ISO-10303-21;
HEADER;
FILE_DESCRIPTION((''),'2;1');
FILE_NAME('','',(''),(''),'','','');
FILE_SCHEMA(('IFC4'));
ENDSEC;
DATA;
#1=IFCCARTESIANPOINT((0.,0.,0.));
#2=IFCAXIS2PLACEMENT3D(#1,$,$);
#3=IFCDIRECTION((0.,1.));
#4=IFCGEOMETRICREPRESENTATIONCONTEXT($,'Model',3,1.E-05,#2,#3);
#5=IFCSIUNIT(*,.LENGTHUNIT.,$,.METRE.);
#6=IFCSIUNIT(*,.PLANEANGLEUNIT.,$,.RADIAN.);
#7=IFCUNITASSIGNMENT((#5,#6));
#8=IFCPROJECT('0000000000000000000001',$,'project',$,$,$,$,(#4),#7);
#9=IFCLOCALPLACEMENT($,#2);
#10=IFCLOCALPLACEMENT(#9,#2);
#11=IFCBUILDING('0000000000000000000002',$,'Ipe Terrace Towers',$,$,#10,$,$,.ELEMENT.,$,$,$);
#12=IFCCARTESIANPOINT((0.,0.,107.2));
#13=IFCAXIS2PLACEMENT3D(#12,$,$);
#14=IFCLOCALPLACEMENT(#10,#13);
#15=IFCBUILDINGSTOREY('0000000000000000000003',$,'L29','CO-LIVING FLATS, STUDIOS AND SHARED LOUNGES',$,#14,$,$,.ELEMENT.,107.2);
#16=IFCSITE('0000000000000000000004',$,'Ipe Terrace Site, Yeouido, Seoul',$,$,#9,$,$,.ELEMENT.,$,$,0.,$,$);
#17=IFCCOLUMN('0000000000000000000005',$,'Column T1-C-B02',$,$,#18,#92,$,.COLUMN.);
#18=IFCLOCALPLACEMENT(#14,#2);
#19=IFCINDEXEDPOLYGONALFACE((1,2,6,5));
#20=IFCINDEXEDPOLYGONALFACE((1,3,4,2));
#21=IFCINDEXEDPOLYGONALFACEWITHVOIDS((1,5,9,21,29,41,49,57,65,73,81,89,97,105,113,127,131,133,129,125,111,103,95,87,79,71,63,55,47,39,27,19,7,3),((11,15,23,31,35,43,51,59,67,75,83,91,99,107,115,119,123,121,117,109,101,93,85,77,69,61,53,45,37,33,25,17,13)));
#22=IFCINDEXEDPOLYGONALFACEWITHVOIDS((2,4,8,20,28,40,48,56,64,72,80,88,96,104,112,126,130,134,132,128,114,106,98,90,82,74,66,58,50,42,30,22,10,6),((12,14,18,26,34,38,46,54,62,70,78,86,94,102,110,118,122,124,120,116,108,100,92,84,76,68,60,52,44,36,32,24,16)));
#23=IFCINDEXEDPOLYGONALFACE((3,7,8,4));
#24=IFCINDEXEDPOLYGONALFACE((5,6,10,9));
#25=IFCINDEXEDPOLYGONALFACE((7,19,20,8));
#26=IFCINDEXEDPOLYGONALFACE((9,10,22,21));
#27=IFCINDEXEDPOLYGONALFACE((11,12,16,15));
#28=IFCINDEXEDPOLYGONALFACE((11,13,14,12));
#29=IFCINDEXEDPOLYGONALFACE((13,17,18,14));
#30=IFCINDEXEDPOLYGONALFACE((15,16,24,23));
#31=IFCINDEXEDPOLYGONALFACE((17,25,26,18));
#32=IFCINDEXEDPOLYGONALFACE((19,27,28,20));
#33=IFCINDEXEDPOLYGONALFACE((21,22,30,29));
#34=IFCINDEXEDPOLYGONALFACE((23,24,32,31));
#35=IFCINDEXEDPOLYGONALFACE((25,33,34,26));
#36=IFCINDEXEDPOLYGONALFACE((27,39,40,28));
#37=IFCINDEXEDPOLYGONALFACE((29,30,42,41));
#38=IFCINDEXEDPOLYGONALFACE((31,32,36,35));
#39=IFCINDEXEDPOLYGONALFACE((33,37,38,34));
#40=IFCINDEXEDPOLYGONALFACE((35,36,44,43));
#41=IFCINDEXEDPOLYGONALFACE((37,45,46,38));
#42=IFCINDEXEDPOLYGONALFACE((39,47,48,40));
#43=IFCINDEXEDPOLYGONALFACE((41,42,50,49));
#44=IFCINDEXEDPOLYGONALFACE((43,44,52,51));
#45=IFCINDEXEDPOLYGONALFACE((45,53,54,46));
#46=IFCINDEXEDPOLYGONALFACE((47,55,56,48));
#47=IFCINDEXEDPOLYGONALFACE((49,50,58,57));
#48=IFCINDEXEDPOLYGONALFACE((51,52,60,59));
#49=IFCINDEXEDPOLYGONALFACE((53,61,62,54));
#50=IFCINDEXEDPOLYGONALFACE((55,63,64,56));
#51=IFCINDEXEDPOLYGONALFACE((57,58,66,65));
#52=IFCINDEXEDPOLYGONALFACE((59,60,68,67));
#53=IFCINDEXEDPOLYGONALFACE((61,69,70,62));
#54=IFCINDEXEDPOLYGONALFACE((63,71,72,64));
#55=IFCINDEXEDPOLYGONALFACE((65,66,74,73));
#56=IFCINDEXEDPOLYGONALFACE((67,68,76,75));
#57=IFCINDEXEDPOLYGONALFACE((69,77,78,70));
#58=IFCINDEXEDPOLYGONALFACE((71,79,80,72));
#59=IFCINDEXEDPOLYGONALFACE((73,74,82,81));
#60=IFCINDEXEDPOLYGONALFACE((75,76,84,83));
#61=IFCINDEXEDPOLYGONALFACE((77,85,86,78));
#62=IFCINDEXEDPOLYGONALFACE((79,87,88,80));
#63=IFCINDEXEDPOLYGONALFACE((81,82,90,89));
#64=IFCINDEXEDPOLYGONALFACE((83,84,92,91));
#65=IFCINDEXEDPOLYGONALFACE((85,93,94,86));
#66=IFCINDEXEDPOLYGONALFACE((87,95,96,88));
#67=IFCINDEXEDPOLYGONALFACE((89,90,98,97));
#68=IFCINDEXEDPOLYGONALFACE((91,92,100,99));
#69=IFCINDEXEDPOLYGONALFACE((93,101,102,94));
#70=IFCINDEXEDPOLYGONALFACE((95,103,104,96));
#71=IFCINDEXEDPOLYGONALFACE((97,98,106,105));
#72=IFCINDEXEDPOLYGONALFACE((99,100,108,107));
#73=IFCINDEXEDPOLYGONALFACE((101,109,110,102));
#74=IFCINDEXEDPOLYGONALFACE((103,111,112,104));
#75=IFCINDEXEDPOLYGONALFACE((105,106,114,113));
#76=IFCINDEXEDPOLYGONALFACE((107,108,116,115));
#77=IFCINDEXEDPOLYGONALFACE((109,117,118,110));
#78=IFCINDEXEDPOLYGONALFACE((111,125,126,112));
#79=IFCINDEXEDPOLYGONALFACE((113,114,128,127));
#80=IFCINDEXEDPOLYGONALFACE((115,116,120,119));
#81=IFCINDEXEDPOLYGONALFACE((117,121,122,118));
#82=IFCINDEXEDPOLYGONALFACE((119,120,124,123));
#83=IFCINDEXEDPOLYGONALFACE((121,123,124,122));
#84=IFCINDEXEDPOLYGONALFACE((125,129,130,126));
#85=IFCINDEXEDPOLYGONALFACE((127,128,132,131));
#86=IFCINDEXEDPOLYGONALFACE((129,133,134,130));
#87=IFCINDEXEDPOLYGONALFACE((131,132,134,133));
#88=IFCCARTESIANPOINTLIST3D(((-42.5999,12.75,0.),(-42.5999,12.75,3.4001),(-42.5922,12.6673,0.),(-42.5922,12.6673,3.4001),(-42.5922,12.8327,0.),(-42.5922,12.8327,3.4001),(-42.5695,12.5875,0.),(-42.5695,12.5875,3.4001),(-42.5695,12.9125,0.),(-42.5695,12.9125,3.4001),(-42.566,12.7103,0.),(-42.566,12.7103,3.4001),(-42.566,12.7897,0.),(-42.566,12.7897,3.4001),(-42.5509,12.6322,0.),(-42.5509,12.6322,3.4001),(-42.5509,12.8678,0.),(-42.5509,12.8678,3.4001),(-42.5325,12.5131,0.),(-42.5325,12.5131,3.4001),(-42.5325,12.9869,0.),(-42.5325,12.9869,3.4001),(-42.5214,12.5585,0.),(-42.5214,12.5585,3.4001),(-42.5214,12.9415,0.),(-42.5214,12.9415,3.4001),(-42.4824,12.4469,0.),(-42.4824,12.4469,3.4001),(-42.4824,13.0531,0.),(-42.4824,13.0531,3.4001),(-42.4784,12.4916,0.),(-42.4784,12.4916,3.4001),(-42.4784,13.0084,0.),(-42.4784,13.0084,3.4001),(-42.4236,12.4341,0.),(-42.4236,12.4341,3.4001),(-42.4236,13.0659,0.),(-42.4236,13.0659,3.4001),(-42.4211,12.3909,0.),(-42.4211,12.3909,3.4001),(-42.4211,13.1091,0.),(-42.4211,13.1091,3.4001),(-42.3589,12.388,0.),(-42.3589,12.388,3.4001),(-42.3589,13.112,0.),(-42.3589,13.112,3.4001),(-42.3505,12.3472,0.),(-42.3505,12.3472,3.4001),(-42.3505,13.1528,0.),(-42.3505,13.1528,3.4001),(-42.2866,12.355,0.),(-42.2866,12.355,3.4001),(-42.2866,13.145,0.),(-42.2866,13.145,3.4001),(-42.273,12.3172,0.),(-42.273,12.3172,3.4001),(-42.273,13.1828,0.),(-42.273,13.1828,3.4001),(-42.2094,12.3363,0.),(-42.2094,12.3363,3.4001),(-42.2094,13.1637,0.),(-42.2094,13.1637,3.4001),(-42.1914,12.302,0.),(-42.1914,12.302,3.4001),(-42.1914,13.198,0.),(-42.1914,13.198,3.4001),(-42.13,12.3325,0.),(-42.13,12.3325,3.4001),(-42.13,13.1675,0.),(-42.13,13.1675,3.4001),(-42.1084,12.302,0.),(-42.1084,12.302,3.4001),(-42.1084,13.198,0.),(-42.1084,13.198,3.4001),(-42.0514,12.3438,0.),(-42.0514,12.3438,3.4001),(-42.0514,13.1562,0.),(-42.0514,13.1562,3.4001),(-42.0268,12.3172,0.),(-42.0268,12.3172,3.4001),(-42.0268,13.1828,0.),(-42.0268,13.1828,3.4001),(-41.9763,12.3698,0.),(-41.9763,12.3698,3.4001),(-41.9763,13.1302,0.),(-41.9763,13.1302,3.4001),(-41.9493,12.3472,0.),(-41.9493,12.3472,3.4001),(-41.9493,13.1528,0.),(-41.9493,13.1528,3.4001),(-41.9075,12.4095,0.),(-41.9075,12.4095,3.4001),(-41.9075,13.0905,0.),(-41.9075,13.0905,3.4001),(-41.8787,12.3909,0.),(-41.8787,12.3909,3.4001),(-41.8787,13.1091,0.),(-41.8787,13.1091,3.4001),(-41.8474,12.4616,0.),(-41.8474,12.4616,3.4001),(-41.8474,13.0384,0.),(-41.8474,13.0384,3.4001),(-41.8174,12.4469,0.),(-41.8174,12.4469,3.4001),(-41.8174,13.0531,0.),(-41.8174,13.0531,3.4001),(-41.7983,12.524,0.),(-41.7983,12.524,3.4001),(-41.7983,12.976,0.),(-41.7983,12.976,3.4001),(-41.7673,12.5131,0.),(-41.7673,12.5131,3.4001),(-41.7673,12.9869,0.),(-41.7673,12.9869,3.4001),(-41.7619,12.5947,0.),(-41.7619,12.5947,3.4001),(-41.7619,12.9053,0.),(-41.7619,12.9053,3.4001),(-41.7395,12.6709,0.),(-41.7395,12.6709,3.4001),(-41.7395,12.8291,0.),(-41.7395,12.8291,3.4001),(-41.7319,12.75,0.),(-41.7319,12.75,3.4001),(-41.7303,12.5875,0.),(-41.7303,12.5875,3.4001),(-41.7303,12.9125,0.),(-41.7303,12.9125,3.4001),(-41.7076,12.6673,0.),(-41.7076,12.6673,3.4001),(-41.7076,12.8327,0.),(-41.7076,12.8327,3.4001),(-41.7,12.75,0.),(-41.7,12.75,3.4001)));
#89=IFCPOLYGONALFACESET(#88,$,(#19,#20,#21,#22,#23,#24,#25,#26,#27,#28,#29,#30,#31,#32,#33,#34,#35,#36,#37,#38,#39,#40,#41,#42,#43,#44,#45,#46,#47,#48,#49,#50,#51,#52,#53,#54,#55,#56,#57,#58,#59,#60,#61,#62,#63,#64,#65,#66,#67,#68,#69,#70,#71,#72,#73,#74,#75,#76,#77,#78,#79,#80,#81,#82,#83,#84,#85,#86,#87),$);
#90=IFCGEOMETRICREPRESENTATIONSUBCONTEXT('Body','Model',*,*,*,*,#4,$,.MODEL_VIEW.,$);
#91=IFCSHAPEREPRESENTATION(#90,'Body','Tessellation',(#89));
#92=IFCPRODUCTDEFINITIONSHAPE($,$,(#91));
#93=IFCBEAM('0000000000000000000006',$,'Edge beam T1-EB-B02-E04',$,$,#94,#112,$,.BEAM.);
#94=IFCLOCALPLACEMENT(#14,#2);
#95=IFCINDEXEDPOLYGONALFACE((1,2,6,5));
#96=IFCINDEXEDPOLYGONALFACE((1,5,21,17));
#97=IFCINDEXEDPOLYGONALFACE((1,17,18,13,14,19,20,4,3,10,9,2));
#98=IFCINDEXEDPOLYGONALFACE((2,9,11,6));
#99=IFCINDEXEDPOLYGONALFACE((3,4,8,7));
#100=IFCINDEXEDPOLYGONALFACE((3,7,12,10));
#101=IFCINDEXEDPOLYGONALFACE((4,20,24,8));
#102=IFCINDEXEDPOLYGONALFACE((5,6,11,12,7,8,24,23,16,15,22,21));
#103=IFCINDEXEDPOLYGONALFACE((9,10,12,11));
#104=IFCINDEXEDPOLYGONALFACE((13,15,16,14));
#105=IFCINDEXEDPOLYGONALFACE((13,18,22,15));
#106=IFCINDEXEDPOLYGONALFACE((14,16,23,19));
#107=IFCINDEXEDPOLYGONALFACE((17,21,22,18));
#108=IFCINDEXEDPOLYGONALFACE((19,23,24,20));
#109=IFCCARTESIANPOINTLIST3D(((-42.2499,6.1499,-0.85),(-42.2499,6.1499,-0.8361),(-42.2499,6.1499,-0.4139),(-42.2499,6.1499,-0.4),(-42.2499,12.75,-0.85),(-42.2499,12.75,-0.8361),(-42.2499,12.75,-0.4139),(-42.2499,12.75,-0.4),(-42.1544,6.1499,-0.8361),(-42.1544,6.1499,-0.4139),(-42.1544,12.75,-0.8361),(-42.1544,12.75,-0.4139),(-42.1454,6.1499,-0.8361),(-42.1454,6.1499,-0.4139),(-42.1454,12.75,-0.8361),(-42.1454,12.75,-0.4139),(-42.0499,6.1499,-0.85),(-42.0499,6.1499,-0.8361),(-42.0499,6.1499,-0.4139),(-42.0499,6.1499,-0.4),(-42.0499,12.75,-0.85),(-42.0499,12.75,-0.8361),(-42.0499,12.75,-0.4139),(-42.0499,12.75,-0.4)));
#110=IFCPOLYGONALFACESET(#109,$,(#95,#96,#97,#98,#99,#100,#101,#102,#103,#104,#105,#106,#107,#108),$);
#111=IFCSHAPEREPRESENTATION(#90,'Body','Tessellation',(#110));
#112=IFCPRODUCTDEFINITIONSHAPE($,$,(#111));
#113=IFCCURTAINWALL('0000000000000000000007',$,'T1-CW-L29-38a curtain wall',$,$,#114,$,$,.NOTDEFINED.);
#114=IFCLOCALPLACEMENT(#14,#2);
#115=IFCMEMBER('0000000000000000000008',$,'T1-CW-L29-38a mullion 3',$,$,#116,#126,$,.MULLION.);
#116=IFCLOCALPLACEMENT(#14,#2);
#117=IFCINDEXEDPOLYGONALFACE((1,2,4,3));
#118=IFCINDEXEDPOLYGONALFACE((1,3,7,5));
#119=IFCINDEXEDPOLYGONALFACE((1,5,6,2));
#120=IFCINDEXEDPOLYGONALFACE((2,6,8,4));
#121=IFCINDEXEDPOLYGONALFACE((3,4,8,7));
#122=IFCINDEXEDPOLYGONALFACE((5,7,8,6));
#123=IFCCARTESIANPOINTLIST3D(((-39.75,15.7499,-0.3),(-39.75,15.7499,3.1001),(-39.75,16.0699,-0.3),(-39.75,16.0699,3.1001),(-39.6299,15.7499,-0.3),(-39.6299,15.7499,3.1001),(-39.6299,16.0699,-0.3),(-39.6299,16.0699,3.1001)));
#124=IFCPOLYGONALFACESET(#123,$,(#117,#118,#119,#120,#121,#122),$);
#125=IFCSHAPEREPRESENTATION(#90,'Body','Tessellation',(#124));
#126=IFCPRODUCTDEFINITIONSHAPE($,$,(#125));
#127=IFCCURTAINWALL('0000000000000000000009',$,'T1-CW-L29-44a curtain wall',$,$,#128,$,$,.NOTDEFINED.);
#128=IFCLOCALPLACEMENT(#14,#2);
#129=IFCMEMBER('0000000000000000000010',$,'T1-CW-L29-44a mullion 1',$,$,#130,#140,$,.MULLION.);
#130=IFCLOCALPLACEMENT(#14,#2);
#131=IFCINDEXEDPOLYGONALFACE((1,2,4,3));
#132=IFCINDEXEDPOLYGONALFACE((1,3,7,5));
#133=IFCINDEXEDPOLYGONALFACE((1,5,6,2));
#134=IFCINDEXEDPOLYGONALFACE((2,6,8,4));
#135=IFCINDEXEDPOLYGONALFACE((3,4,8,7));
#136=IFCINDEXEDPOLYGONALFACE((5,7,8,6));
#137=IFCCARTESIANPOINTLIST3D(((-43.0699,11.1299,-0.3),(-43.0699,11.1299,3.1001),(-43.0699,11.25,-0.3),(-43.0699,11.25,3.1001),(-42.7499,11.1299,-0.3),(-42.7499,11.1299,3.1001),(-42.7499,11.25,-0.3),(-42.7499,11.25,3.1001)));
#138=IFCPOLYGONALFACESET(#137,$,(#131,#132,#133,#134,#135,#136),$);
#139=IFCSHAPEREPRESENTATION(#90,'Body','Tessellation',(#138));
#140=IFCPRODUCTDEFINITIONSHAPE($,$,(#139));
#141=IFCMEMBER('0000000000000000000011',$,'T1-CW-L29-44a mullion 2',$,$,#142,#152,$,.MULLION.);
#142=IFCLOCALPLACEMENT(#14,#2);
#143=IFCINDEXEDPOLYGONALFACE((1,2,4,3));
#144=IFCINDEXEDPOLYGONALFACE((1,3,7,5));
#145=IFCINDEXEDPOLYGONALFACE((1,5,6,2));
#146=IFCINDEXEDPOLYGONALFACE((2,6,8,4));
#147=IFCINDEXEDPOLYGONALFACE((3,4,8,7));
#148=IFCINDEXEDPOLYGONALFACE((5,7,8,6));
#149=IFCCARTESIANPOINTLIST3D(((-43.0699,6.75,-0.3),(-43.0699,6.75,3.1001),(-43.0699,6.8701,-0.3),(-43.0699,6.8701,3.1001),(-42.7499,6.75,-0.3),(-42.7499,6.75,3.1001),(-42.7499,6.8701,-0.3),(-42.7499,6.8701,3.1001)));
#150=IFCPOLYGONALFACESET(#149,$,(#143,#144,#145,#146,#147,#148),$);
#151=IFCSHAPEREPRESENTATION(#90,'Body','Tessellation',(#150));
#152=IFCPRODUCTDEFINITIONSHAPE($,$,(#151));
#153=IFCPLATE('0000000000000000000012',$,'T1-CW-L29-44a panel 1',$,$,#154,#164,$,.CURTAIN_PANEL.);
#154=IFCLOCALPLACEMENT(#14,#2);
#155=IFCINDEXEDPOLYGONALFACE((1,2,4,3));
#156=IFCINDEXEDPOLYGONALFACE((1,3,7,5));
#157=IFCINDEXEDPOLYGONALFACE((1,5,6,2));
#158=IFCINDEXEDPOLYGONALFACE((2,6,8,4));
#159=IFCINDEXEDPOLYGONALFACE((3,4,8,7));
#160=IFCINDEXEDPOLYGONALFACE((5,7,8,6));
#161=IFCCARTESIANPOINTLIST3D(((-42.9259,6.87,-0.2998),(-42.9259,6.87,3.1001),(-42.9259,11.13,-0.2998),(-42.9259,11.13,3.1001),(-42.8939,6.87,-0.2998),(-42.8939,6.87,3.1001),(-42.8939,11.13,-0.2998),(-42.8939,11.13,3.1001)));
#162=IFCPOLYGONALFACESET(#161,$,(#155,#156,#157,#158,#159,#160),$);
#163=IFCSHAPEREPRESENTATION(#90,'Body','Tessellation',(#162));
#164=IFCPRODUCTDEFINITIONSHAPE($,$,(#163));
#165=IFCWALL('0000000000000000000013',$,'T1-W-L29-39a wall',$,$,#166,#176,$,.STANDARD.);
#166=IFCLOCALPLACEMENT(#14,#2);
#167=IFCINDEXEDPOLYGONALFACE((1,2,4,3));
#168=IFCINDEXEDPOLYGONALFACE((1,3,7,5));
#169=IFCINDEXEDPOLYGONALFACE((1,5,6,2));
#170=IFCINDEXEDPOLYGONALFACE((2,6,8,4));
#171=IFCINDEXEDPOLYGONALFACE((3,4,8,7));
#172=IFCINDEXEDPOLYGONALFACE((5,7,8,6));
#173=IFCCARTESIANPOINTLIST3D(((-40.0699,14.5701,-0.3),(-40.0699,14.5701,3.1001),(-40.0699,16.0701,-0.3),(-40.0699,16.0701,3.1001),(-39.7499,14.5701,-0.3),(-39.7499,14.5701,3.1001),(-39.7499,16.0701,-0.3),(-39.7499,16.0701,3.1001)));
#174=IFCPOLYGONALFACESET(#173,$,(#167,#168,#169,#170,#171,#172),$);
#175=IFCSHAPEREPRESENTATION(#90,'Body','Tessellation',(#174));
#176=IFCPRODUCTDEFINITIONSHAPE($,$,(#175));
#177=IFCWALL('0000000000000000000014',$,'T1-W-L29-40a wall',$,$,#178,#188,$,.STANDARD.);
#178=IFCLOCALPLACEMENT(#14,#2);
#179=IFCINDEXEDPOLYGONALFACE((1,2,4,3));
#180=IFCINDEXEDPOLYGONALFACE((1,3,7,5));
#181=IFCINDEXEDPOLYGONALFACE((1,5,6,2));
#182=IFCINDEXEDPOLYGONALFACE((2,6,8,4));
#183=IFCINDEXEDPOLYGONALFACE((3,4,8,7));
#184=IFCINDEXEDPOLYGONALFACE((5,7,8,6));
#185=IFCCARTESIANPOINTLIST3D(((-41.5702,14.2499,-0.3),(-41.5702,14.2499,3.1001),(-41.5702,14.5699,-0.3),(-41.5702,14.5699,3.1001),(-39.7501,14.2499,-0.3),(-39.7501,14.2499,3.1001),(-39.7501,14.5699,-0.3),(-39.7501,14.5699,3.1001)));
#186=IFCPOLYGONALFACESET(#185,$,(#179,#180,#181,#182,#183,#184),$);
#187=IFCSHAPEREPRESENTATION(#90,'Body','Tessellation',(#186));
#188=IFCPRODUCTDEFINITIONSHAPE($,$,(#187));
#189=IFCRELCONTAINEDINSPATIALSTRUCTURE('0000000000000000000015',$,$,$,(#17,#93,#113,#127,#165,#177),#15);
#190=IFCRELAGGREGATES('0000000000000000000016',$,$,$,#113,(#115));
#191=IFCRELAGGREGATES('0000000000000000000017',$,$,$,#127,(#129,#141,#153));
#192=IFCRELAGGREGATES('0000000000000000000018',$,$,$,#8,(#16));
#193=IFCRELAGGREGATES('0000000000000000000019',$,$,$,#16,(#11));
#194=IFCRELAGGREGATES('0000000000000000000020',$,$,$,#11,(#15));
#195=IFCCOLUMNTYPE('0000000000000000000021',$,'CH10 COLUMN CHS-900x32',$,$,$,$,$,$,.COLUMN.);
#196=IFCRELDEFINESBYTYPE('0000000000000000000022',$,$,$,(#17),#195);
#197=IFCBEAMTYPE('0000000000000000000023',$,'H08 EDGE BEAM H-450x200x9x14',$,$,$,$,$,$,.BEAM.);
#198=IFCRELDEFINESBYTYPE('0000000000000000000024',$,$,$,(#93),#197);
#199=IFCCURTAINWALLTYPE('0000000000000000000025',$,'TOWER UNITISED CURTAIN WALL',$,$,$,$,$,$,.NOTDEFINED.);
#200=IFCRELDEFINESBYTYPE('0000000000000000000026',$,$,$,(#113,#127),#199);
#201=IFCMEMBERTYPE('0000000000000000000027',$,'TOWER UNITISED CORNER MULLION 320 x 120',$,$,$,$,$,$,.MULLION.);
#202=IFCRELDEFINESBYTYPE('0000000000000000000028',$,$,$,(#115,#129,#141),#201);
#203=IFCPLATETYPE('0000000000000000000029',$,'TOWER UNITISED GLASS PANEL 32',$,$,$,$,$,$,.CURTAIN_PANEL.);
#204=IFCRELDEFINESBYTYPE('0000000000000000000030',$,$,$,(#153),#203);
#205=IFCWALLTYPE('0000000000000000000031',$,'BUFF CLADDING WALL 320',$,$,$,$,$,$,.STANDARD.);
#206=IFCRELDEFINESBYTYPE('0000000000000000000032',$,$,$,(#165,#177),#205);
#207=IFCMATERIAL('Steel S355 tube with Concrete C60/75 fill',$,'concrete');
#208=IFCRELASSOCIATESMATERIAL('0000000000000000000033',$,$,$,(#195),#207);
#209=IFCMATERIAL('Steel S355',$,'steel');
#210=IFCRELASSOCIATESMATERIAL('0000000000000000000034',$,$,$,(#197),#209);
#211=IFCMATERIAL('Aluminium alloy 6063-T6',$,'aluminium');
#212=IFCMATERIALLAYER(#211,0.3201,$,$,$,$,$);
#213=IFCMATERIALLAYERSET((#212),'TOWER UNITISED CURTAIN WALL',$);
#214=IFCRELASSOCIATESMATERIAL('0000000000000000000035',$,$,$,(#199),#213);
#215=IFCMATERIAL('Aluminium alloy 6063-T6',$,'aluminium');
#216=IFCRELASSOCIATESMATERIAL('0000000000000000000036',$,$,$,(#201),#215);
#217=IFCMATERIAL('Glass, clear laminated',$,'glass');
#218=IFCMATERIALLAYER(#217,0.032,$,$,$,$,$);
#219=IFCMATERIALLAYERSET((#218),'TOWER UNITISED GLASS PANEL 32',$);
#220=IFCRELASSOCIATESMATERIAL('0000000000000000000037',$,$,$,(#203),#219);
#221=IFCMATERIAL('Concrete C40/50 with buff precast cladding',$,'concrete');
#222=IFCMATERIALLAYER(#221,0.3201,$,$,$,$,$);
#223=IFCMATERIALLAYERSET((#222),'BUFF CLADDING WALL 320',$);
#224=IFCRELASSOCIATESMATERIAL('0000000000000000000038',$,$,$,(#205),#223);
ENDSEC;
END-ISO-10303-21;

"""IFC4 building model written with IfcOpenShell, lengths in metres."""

from ifc_helpers import new_model, si_unit, direction, frame, frame_2d, origin, origin_2d, place, context, subcontext, project, spatial, rectangle, hollow_circle, i_section, extrude, material, layer, layer_set, material_profile, profile_set, type_object, element, aggregate, save


model = new_model("IFC4")

# Units and contexts
model_context = context("Model", 3, precision=1e-05, world=origin(), true_north=direction((0.0, 1.0)))
body_context = subcontext(model_context, "Body", "Model", "MODEL_VIEW")
ifc_project = project(units=[si_unit("LENGTHUNIT", "METRE"), si_unit("PLANEANGLEUNIT", "RADIAN")], contexts=[model_context])

# Site, building, storey
site_placement = place(None, origin())
site = spatial("IfcSite", under=ifc_project, at=site_placement, Name="Ipe Terrace Site, Yeouido, Seoul", CompositionType="ELEMENT", RefElevation=0.0)
building_placement = place(site_placement, origin())
building = spatial("IfcBuilding", under=site, at=building_placement, Name="Ipe Terrace Towers", CompositionType="ELEMENT")
storey_placement = place(building_placement, frame((0.0, 0.0, 107.2)))
storey = spatial("IfcBuildingStorey", under=building, at=storey_placement, Name="L29", Description="CO-LIVING FLATS, STUDIOS AND SHARED LOUNGES", CompositionType="ELEMENT", Elevation=107.2)

# Column
ifc_material_1 = material(Name="Steel S355 tube with Concrete C60/75 fill", Category="concrete")
ifc_material_profile_1 = material_profile(ifc_material_1, hollow_circle(Radius=0.45, WallThickness=0.032, at=origin_2d()), Name="CHS-900x32")
ifc_profile_set_1 = profile_set([ifc_material_profile_1], Name="Steel S355 tube with Concrete C60/75 fill")
column_type = type_object("IfcColumnType", Name="CH10 COLUMN CHS-900x32", PredefinedType="COLUMN", material=ifc_profile_set_1)
column_placement = place(storey_placement, frame((-42.1499, 12.75, 0.0), z_axis=(0.0, 0.0, 1.0), x_axis=(1.0, 0.0, 0.0)))
element("IfcColumn", 1, at=column_placement, inside=storey, type_object=column_type, Name="Column T1-C-B02", PredefinedType="COLUMN", context=body_context, shape_type="SweptSolid", body=[
    extrude(hollow_circle(Radius=0.45, WallThickness=0.032, at=origin_2d()), origin(), (0.0, 0.0, 1.0), 3.4001),
])

# Beam
ifc_material_2 = material(Name="Steel S355", Category="steel")
ifc_material_profile_2 = material_profile(ifc_material_2, i_section(OverallWidth=0.2, OverallDepth=0.45, WebThickness=0.009, FlangeThickness=0.0139, at=origin_2d()), Name="H-450x200x9x14")
ifc_profile_set_2 = profile_set([ifc_material_profile_2], Name="Steel S355")
beam_type = type_object("IfcBeamType", Name="H08 EDGE BEAM H-450x200x9x14", PredefinedType="BEAM", material=ifc_profile_set_2)
beam_placement = place(storey_placement, frame((-42.1499, 12.75, -0.625), z_axis=(0.0, -1.0, 0.0), x_axis=(1.0, 0.0, 0.0)))
element("IfcBeam", 2, at=beam_placement, inside=storey, type_object=beam_type, Name="Edge beam T1-EB-B02-E04", PredefinedType="BEAM", context=body_context, shape_type="SweptSolid", body=[
    extrude(i_section(OverallWidth=0.2, OverallDepth=0.45, WebThickness=0.009, FlangeThickness=0.0139, at=origin_2d()), origin(), (0.0, 0.0, 1.0), 6.6001),
])

# Curtain wall, member
ifc_material_3 = material(Name="Aluminium alloy 6063-T6", Category="aluminium")
ifc_layer_1 = layer(ifc_material_3, 0.3201)
ifc_layer_set_1 = layer_set([ifc_layer_1], Name="TOWER UNITISED CURTAIN WALL")
curtain_wall_type = type_object("IfcCurtainWallType", Name="TOWER UNITISED CURTAIN WALL", PredefinedType="NOTDEFINED", material=ifc_layer_set_1)
curtain_wall_1_placement = place(storey_placement, origin())
curtain_wall_1 = element("IfcCurtainWall", 3, at=curtain_wall_1_placement, inside=storey, type_object=curtain_wall_type, Name="T1-CW-L29-38a curtain wall", PredefinedType="NOTDEFINED")
ifc_material_4 = material(Name="Aluminium alloy 6063-T6", Category="aluminium")
ifc_material_profile_3 = material_profile(ifc_material_4, rectangle(XDim=0.3201, YDim=0.1201, at=origin_2d()), Name="TOWER UNITISED CORNER MULLION 320 x 120")
ifc_profile_set_3 = profile_set([ifc_material_profile_3], Name="Aluminium alloy 6063-T6")
member_type = type_object("IfcMemberType", Name="TOWER UNITISED CORNER MULLION 320 x 120", PredefinedType="MULLION", material=ifc_profile_set_3)
member_1_placement = place(storey_placement, frame((-39.6899, 15.9099, -0.3), z_axis=(0.0, 0.0, 1.0), x_axis=(0.0, 1.0, 0.0)))
member_1 = element("IfcMember", 4, at=member_1_placement, type_object=member_type, Name="T1-CW-L29-38a mullion 3", PredefinedType="MULLION", context=body_context, shape_type="SweptSolid", body=[
    extrude(rectangle(XDim=0.3201, YDim=0.1201, at=origin_2d()), origin(), (0.0, 0.0, 1.0), 3.4001),
])
aggregate(curtain_wall_1, [member_1])

# Curtain wall, members, plate
curtain_wall_2_placement = place(storey_placement, origin())
curtain_wall_2 = element("IfcCurtainWall", 5, at=curtain_wall_2_placement, inside=storey, type_object=curtain_wall_type, Name="T1-CW-L29-44a curtain wall", PredefinedType="NOTDEFINED")
member_2_placement = place(storey_placement, frame((-42.9099, 11.1899, -0.3), z_axis=(0.0, 0.0, 1.0), x_axis=(-1.0, 0.0, 0.0)))
member_2 = element("IfcMember", 6, at=member_2_placement, type_object=member_type, Name="T1-CW-L29-44a mullion 1", PredefinedType="MULLION", context=body_context, shape_type="SweptSolid", body=[
    extrude(rectangle(XDim=0.3201, YDim=0.1201, at=origin_2d()), origin(), (0.0, 0.0, 1.0), 3.4001),
])
member_3_placement = place(storey_placement, frame((-42.9099, 6.8101, -0.3), z_axis=(0.0, 0.0, 1.0), x_axis=(-1.0, 0.0, 0.0)))
member_3 = element("IfcMember", 7, at=member_3_placement, type_object=member_type, Name="T1-CW-L29-44a mullion 2", PredefinedType="MULLION", context=body_context, shape_type="SweptSolid", body=[
    extrude(rectangle(XDim=0.3201, YDim=0.1201, at=origin_2d()), origin(), (0.0, 0.0, 1.0), 3.4001),
])
ifc_material_5 = material(Name="Glass, clear laminated", Category="glass")
ifc_layer_2 = layer(ifc_material_5, 0.032)
ifc_layer_set_2 = layer_set([ifc_layer_2], Name="TOWER UNITISED GLASS PANEL 32")
plate_type = type_object("IfcPlateType", Name="TOWER UNITISED GLASS PANEL 32", PredefinedType="CURTAIN_PANEL", material=ifc_layer_set_2)
plate_placement = place(storey_placement, frame((-42.9099, 9.0, -0.2998), z_axis=(0.0, 0.0, 1.0), x_axis=(0.0, -1.0, 0.0)))
plate = element("IfcPlate", 8, at=plate_placement, type_object=plate_type, Name="T1-CW-L29-44a panel 1", PredefinedType="CURTAIN_PANEL", context=body_context, shape_type="SweptSolid", body=[
    extrude(rectangle(XDim=4.26, YDim=0.032, at=origin_2d()), origin(), (0.0, 0.0, 1.0), 3.3999),
])
aggregate(curtain_wall_2, [member_2, member_3, plate])

# Walls
ifc_material_6 = material(Name="Concrete C40/50 with buff precast cladding", Category="concrete")
ifc_layer_3 = layer(ifc_material_6, 0.3201)
ifc_layer_set_3 = layer_set([ifc_layer_3], Name="BUFF CLADDING WALL 320")
wall_type_1 = type_object("IfcWallType", Name="BUFF CLADDING WALL 320", PredefinedType="STANDARD", material=ifc_layer_set_3)
wall_1_placement = place(storey_placement, frame((-39.9099, 16.0701, -0.3), z_axis=(0.0, 0.0, 1.0), x_axis=(0.0, -1.0, 0.0)))
element("IfcWall", 9, at=wall_1_placement, inside=storey, type_object=wall_type_1, Name="T1-W-L29-39a wall", PredefinedType="STANDARD", context=body_context, shape_type="SweptSolid", body=[
    extrude(rectangle(XDim=1.5, YDim=0.3201, at=frame_2d((0.75, 0.0))), origin(), (0.0, 0.0, 1.0), 3.4001),
])
wall_2_placement = place(storey_placement, frame((-39.75, 14.4099, -0.3), z_axis=(0.0, 0.0, 1.0), x_axis=(-1.0, 0.0, 0.0)))
element("IfcWall", 10, at=wall_2_placement, inside=storey, type_object=wall_type_1, Name="T1-W-L29-40a wall", PredefinedType="STANDARD", context=body_context, shape_type="SweptSolid", body=[
    extrude(rectangle(XDim=1.8201, YDim=0.3201, at=frame_2d((0.9102, 0.0))), origin(), (0.0, 0.0, 1.0), 3.4001),
])

save(model, "model.ifc")
